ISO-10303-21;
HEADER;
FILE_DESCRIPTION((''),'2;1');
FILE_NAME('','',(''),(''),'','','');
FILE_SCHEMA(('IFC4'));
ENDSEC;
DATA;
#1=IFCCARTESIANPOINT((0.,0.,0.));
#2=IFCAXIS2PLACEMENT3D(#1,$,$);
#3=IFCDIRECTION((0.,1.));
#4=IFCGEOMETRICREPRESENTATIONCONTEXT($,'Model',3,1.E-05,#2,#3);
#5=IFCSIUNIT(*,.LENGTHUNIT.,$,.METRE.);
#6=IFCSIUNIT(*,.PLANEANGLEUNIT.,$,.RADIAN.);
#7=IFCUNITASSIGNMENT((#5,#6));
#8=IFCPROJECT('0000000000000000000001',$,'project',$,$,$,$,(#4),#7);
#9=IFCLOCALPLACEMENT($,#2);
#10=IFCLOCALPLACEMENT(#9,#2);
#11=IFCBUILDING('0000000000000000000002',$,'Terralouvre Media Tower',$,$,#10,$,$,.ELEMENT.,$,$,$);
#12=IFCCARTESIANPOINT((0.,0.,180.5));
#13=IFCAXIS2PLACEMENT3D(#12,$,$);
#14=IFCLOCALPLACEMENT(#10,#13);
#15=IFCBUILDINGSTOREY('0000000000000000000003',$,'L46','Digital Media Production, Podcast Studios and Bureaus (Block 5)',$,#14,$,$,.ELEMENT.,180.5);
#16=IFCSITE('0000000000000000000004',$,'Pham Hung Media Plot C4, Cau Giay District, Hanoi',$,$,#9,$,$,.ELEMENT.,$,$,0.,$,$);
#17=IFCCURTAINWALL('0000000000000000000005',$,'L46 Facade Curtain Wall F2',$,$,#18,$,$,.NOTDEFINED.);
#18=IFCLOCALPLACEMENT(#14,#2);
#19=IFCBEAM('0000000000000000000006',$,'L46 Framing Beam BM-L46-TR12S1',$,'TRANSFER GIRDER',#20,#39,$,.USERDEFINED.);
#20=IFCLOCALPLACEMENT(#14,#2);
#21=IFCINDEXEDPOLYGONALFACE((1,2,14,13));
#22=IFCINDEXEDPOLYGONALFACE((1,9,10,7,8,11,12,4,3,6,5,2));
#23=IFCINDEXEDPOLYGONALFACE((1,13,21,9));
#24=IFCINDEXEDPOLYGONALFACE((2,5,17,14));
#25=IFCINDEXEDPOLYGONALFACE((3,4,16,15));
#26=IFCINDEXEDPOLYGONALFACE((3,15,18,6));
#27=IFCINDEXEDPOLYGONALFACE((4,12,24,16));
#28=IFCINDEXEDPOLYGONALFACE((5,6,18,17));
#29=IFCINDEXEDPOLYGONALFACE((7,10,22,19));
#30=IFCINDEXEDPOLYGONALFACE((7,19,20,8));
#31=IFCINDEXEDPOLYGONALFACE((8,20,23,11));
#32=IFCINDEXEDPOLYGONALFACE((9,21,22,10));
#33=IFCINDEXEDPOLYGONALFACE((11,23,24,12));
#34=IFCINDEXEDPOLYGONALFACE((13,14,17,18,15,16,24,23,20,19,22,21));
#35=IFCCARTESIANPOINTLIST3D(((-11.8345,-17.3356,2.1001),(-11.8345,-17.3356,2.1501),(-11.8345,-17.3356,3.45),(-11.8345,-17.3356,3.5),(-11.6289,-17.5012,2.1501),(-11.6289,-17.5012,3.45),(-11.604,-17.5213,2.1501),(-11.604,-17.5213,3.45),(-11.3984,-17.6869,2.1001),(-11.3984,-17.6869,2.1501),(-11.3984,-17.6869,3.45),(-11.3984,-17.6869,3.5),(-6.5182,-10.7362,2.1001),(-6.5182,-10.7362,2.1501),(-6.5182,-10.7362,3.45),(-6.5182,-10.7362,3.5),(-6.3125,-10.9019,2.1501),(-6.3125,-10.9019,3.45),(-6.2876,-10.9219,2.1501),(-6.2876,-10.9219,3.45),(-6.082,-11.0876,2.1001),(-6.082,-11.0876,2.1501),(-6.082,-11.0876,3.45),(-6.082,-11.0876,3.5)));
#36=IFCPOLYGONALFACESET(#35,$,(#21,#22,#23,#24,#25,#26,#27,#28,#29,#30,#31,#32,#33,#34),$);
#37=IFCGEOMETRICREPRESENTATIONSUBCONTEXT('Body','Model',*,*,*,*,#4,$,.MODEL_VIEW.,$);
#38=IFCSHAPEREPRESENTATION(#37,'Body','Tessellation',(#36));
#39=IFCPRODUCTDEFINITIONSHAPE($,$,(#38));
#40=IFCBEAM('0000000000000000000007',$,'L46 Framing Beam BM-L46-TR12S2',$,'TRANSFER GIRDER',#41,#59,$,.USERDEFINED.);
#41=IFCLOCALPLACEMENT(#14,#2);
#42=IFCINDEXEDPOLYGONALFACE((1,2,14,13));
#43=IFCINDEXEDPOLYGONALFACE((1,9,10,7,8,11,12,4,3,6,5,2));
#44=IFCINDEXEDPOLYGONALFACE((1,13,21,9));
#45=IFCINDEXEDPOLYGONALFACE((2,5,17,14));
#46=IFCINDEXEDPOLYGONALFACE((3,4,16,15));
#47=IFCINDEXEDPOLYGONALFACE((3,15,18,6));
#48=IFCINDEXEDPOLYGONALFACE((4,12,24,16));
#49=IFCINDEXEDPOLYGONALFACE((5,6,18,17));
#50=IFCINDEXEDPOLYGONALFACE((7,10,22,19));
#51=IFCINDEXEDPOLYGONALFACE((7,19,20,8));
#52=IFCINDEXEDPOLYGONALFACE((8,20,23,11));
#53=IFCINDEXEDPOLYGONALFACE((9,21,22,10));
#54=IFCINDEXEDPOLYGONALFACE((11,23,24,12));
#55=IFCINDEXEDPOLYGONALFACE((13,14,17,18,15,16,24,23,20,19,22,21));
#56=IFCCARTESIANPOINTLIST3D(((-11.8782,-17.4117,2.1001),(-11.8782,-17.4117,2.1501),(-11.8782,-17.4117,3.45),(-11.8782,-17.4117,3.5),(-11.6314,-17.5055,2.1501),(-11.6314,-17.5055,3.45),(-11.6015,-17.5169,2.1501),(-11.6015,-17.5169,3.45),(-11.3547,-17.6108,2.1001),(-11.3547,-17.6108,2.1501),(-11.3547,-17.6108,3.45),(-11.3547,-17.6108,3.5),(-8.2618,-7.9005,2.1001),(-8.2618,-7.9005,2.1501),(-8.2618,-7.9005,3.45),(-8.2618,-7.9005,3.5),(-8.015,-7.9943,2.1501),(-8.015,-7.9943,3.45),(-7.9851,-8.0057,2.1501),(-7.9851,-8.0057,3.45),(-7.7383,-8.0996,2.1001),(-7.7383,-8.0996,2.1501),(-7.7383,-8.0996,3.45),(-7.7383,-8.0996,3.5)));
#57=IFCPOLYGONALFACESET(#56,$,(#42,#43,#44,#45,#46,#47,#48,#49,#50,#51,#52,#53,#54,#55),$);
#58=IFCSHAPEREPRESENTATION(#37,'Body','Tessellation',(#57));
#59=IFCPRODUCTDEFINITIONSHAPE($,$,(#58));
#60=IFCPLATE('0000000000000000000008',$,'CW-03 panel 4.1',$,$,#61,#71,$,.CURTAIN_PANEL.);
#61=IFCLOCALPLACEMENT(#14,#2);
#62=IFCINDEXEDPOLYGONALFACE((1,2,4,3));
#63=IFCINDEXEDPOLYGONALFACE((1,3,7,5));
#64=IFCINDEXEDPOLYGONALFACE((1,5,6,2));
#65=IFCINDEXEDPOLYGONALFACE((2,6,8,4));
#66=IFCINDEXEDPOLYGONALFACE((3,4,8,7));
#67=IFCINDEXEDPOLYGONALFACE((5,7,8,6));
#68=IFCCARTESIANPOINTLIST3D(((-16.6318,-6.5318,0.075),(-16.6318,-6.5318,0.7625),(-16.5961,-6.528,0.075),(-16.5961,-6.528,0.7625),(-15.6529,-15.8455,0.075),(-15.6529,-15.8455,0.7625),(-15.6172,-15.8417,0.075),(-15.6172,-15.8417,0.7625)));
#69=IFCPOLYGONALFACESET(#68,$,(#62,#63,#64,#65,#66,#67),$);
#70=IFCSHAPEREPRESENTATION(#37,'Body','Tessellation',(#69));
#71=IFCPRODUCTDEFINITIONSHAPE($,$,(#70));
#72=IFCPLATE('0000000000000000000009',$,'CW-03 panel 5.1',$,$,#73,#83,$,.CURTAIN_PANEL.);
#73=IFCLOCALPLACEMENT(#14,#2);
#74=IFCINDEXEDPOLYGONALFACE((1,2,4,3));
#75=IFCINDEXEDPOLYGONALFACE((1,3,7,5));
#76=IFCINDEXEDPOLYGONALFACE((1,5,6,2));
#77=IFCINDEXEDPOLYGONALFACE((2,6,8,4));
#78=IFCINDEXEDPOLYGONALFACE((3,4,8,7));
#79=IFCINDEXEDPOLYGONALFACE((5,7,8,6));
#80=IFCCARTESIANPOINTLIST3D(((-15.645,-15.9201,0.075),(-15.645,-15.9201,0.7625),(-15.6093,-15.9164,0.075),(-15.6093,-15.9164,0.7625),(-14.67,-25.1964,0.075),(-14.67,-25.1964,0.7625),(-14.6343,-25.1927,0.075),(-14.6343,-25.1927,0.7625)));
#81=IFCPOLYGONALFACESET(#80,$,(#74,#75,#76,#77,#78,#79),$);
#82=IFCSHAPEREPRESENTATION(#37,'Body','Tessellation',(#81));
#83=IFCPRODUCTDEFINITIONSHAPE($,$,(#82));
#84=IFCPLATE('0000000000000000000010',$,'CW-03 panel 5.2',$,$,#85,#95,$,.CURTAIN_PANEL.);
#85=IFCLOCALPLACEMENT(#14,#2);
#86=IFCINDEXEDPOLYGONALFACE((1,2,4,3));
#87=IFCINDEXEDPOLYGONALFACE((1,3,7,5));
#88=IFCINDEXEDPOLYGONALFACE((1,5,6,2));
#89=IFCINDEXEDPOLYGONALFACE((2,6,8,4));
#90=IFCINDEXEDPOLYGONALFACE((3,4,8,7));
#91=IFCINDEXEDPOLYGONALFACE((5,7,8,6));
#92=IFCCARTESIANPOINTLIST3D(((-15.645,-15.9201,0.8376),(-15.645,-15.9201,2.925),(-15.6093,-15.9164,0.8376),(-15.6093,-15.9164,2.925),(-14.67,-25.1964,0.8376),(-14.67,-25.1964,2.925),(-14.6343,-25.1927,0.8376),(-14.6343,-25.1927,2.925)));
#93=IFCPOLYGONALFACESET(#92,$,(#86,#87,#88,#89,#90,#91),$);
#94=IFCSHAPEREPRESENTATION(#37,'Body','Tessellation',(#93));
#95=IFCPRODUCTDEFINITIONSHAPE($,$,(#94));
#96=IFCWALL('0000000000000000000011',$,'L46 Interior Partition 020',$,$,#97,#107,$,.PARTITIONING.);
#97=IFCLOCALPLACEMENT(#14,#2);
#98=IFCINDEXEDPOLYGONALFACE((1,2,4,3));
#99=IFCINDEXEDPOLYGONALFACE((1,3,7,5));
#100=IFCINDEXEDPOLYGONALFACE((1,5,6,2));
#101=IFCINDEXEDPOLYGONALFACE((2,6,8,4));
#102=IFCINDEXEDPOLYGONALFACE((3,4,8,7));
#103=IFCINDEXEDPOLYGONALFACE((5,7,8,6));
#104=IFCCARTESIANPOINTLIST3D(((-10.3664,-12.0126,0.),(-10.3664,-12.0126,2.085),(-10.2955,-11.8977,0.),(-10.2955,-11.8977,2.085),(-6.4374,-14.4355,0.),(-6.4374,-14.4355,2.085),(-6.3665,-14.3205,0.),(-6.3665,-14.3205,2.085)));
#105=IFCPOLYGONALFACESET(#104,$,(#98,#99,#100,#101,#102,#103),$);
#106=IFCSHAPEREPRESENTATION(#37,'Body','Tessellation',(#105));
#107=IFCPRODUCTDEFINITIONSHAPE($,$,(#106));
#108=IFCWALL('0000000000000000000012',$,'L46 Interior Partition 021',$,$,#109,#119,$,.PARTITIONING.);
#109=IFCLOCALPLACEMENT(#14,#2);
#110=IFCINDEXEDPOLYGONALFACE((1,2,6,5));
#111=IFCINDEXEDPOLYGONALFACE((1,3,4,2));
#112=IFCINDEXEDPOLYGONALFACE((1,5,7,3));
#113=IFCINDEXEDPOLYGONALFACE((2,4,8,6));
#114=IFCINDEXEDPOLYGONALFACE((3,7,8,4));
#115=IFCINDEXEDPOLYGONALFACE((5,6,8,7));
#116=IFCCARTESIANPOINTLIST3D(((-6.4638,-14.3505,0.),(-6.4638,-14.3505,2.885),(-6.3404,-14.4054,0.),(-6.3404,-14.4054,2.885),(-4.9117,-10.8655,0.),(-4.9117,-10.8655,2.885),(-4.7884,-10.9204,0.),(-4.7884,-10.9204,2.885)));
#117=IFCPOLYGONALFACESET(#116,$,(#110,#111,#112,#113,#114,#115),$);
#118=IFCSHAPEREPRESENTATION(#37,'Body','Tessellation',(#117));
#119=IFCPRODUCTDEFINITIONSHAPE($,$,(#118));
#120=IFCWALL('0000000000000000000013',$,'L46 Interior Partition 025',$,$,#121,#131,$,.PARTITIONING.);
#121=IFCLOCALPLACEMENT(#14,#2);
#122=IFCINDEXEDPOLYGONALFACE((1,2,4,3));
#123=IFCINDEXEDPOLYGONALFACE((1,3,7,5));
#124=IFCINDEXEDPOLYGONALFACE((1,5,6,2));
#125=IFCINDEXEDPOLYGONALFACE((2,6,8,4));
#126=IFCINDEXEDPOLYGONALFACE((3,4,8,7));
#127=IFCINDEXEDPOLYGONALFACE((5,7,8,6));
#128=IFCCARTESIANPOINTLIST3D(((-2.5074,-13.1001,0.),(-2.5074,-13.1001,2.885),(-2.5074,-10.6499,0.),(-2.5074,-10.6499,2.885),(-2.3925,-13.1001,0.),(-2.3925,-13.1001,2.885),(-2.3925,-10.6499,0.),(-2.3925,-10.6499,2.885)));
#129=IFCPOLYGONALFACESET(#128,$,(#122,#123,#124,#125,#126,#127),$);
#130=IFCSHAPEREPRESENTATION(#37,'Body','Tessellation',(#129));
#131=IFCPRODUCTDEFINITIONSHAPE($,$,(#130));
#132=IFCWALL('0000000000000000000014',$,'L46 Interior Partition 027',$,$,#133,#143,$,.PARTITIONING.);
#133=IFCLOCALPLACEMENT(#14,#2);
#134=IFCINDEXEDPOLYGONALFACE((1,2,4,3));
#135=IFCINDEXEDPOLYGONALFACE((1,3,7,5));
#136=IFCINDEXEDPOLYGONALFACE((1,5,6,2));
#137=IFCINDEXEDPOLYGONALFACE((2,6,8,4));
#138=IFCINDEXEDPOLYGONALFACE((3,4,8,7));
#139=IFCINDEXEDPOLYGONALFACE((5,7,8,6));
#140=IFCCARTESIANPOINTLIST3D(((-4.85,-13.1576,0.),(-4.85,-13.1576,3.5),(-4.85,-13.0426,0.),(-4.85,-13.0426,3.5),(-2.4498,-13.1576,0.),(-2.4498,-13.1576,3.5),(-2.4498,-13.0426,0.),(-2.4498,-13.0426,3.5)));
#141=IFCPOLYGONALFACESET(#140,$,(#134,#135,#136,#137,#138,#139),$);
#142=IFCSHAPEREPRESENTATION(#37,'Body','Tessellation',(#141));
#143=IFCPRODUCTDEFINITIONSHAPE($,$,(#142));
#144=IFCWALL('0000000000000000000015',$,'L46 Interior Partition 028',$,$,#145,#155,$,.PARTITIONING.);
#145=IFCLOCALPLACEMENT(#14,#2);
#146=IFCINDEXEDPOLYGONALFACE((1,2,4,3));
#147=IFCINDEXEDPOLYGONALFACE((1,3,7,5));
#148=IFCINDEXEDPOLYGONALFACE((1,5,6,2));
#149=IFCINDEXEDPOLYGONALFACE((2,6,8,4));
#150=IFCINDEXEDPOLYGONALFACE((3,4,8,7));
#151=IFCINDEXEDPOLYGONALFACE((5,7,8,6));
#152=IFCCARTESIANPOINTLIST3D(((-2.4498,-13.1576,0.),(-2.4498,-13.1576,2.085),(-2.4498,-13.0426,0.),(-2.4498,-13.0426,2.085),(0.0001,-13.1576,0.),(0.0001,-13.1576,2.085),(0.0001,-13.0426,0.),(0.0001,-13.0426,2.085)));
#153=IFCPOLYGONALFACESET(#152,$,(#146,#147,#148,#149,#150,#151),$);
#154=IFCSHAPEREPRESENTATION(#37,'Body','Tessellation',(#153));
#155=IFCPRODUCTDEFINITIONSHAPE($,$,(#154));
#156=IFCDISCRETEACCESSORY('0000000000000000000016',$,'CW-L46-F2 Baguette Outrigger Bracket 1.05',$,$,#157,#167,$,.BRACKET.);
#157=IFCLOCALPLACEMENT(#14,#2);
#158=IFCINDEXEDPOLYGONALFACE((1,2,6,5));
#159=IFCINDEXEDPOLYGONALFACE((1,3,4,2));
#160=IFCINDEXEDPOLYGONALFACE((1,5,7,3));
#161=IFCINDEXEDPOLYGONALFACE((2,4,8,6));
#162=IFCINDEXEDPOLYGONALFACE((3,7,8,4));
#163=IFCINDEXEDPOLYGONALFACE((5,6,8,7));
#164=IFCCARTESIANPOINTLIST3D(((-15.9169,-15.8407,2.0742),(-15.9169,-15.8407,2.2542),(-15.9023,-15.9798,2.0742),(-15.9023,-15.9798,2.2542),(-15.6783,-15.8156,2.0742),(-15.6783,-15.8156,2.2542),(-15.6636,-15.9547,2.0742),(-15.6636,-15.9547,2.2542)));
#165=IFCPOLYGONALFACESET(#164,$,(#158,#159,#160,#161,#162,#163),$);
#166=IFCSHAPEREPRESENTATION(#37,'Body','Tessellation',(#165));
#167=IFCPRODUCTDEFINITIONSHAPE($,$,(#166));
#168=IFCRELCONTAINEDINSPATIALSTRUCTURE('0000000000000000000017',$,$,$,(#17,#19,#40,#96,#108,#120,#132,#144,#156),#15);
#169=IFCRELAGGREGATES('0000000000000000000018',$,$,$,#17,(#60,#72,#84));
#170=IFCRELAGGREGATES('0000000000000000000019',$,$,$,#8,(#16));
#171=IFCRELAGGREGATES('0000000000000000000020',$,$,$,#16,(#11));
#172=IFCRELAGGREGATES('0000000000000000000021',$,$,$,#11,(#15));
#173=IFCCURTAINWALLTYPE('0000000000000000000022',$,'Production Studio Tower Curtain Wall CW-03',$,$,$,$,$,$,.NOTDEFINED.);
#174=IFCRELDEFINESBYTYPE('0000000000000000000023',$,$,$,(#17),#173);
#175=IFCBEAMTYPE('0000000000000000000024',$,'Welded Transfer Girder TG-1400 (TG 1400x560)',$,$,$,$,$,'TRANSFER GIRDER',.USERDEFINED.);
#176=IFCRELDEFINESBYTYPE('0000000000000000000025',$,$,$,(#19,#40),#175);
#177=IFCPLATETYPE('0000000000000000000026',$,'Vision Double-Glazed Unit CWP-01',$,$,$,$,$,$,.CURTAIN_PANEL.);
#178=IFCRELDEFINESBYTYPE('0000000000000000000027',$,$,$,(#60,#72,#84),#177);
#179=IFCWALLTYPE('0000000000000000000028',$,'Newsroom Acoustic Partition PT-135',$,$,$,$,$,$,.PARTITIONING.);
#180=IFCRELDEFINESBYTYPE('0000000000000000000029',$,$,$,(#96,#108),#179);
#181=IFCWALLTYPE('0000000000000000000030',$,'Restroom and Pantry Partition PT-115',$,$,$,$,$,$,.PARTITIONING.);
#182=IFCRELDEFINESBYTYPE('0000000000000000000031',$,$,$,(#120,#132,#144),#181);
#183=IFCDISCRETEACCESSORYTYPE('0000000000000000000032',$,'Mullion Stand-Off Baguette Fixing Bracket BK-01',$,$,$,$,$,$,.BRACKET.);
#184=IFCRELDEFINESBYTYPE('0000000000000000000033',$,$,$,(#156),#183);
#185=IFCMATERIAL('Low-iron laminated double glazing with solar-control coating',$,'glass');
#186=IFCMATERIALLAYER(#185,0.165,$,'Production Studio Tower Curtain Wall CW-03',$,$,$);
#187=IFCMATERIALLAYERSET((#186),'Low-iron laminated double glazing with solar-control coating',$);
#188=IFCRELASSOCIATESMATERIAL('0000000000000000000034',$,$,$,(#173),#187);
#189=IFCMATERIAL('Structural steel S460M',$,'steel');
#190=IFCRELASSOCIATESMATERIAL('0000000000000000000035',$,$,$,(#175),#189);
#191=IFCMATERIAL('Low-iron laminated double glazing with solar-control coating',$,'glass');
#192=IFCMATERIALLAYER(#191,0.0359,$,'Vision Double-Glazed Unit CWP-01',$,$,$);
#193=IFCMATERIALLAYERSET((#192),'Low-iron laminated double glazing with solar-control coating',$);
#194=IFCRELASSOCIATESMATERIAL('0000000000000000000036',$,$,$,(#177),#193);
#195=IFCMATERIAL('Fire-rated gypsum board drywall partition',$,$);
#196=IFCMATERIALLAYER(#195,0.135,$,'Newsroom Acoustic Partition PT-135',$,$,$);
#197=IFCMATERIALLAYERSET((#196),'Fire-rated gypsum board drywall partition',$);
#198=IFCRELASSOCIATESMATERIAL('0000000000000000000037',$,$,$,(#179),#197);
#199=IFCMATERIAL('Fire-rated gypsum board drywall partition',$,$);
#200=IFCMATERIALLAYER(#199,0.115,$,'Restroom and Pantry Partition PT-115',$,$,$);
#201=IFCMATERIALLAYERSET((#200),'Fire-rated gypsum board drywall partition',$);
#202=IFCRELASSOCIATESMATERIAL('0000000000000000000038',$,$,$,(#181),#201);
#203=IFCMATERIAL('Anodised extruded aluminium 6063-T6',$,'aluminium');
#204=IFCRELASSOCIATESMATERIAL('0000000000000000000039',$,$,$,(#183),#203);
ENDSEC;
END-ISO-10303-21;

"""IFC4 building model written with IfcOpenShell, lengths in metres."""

from ifc_helpers import new_model, si_unit, direction, frame, frame_2d, origin, origin_2d, place, context, subcontext, project, spatial, rectangle, i_section, extrude, material, layer, layer_set, material_profile, profile_set, type_object, element, aggregate, save


model = new_model("IFC4")

# Units and contexts
model_context = context("Model", 3, precision=1e-05, world=origin(), true_north=direction((0.0, 1.0)))
body_context = subcontext(model_context, "Body", "Model", "MODEL_VIEW")
ifc_project = project(units=[si_unit("LENGTHUNIT", "METRE"), si_unit("PLANEANGLEUNIT", "RADIAN")], contexts=[model_context])

# Site, building, storey
site_placement = place(None, origin())
site = spatial("IfcSite", under=ifc_project, at=site_placement, Name="Pham Hung Media Plot C4, Cau Giay District, Hanoi", CompositionType="ELEMENT", RefElevation=0.0)
building_placement = place(site_placement, origin())
building = spatial("IfcBuilding", under=site, at=building_placement, Name="Terralouvre Media Tower", CompositionType="ELEMENT")
storey_placement = place(building_placement, frame((0.0, 0.0, 180.5)))
storey = spatial("IfcBuildingStorey", under=building, at=storey_placement, Name="L46", Description="Digital Media Production, Podcast Studios and Bureaus (Block 5)", CompositionType="ELEMENT", Elevation=180.5)

# Curtain wall
ifc_material_1 = material(Name="Low-iron laminated double glazing with solar-control coating", Category="glass")
ifc_layer_1 = layer(ifc_material_1, 0.165, Name="Production Studio Tower Curtain Wall CW-03")
ifc_layer_set_1 = layer_set([ifc_layer_1], Name="Low-iron laminated double glazing with solar-control coating")
curtain_wall_type = type_object("IfcCurtainWallType", Name="Production Studio Tower Curtain Wall CW-03", PredefinedType="NOTDEFINED", material=ifc_layer_set_1)
curtain_wall_1_placement = place(storey_placement, origin())
curtain_wall_1 = element("IfcCurtainWall", 1, at=curtain_wall_1_placement, inside=storey, type_object=curtain_wall_type, Name="L46 Facade Curtain Wall F2", PredefinedType="NOTDEFINED")

# Beams
ifc_material_2 = material(Name="Structural steel S460M", Category="steel")
ifc_material_profile_1 = material_profile(ifc_material_2, i_section(OverallWidth=0.5601, OverallDepth=1.3999, WebThickness=0.032, FlangeThickness=0.05, at=origin_2d()), Name="TG 1400x560")
ifc_profile_set_1 = profile_set([ifc_material_profile_1], Name="Structural steel S460M")
beam_type_1 = type_object("IfcBeamType", Name="Welded Transfer Girder TG-1400 (TG 1400x560)", ElementType="TRANSFER GIRDER", PredefinedType="USERDEFINED", material=ifc_profile_set_1)
beam_1_placement = place(storey_placement, frame((-11.6165, -17.5112, 2.8), z_axis=(0.627347, 0.778739, 0.0), x_axis=(-0.778739, 0.627347, 0.0)))
element("IfcBeam", 2, at=beam_1_placement, inside=storey, type_object=beam_type_1, Name="L46 Framing Beam BM-L46-TR12S1", ObjectType="TRANSFER GIRDER", PredefinedType="USERDEFINED", context=body_context, shape_type="SweptSolid", body=[
    extrude(i_section(OverallWidth=0.5601, OverallDepth=1.3999, WebThickness=0.032, FlangeThickness=0.05, at=origin_2d()), origin(), (0.0, 0.0, 1.0), 8.4744),
])
beam_2_placement = place(storey_placement, frame((-11.6165, -17.5112, 2.8), z_axis=(0.355406, 0.934712, 0.0), x_axis=(-0.934712, 0.355406, 0.0)))
element("IfcBeam", 3, at=beam_2_placement, inside=storey, type_object=beam_type_1, Name="L46 Framing Beam BM-L46-TR12S2", ObjectType="TRANSFER GIRDER", PredefinedType="USERDEFINED", context=body_context, shape_type="SweptSolid", body=[
    extrude(i_section(OverallWidth=0.5601, OverallDepth=1.3999, WebThickness=0.032, FlangeThickness=0.05, at=origin_2d()), origin(), (0.0, 0.0, 1.0), 10.1755),
])

# Plates
ifc_material_3 = material(Name="Low-iron laminated double glazing with solar-control coating", Category="glass")
ifc_layer_2 = layer(ifc_material_3, 0.0359, Name="Vision Double-Glazed Unit CWP-01")
ifc_layer_set_2 = layer_set([ifc_layer_2], Name="Low-iron laminated double glazing with solar-control coating")
plate_type = type_object("IfcPlateType", Name="Vision Double-Glazed Unit CWP-01", PredefinedType="CURTAIN_PANEL", material=ifc_layer_set_2)
plate_1_placement = place(storey_placement, frame((-16.1245, -11.1868, 0.075), z_axis=(0.0, 0.0, 1.0), x_axis=(0.104528, -0.994522, 0.0)))
plate_1 = element("IfcPlate", 4, at=plate_1_placement, type_object=plate_type, Name="CW-03 panel 4.1", PredefinedType="CURTAIN_PANEL", context=body_context, shape_type="SweptSolid", body=[
    extrude(rectangle(XDim=9.365, YDim=0.0359, at=origin_2d()), origin(), (0.0, 0.0, 1.0), 0.6875),
])
plate_2_placement = place(storey_placement, frame((-15.1396, -20.5564, 0.075), z_axis=(0.0, 0.0, 1.0), x_axis=(0.104528, -0.994522, 0.0)))
plate_2 = element("IfcPlate", 5, at=plate_2_placement, type_object=plate_type, Name="CW-03 panel 5.1", PredefinedType="CURTAIN_PANEL", context=body_context, shape_type="SweptSolid", body=[
    extrude(rectangle(XDim=9.3274, YDim=0.0359, at=origin_2d()), origin(), (0.0, 0.0, 1.0), 0.6875),
])
plate_3_placement = place(storey_placement, frame((-15.1396, -20.5564, 0.8376), z_axis=(0.0, 0.0, 1.0), x_axis=(0.104528, -0.994522, 0.0)))
plate_3 = element("IfcPlate", 6, at=plate_3_placement, type_object=plate_type, Name="CW-03 panel 5.2", PredefinedType="CURTAIN_PANEL", context=body_context, shape_type="SweptSolid", body=[
    extrude(rectangle(XDim=9.3274, YDim=0.0359, at=origin_2d()), origin(), (0.0, 0.0, 1.0), 2.0874),
])
aggregate(curtain_wall_1, [plate_1, plate_2, plate_3])

# Walls
ifc_material_4 = material(Name="Fire-rated gypsum board drywall partition")
ifc_layer_3 = layer(ifc_material_4, 0.135, Name="Newsroom Acoustic Partition PT-135")
ifc_layer_set_3 = layer_set([ifc_layer_3], Name="Fire-rated gypsum board drywall partition")
wall_type_1 = type_object("IfcWallType", Name="Newsroom Acoustic Partition PT-135", PredefinedType="PARTITIONING", material=ifc_layer_set_3)
wall_1_placement = place(storey_placement, frame((-10.3311, -11.9551, 0.0), z_axis=(0.0, 0.0, 1.0), x_axis=(0.851171, -0.524888, 0.0)))
element("IfcWall", 7, at=wall_1_placement, inside=storey, type_object=wall_type_1, Name="L46 Interior Partition 020", PredefinedType="PARTITIONING", context=body_context, shape_type="SweptSolid", body=[
    extrude(rectangle(XDim=4.616, YDim=0.135, at=frame_2d((2.3081, 0.0))), origin(), (0.0, 0.0, 1.0), 2.085),
])
wall_2_placement = place(storey_placement, frame((-6.4021, -14.3779, 0.0), z_axis=(0.0, 0.0, 1.0), x_axis=(0.406833, 0.913503, 0.0)))
element("IfcWall", 8, at=wall_2_placement, inside=storey, type_object=wall_type_1, Name="L46 Interior Partition 021", PredefinedType="PARTITIONING", context=body_context, shape_type="SweptSolid", body=[
    extrude(rectangle(XDim=3.8149, YDim=0.135, at=frame_2d((1.9075, 0.0))), origin(), (0.0, 0.0, 1.0), 2.885),
])
ifc_material_5 = material(Name="Fire-rated gypsum board drywall partition")
ifc_layer_4 = layer(ifc_material_5, 0.115, Name="Restroom and Pantry Partition PT-115")
ifc_layer_set_4 = layer_set([ifc_layer_4], Name="Fire-rated gypsum board drywall partition")
wall_type_2 = type_object("IfcWallType", Name="Restroom and Pantry Partition PT-115", PredefinedType="PARTITIONING", material=ifc_layer_set_4)
wall_3_placement = place(storey_placement, frame((-2.45, -13.1001, 0.0), z_axis=(0.0, 0.0, 1.0), x_axis=(0.0, 1.0, 0.0)))
element("IfcWall", 9, at=wall_3_placement, inside=storey, type_object=wall_type_2, Name="L46 Interior Partition 025", PredefinedType="PARTITIONING", context=body_context, shape_type="SweptSolid", body=[
    extrude(rectangle(XDim=2.4502, YDim=0.115, at=frame_2d((1.2251, 0.0))), origin(), (0.0, 0.0, 1.0), 2.885),
])
wall_4_placement = place(storey_placement, frame((-4.8501, -13.1001, 0.0), z_axis=(0.0, 0.0, 1.0), x_axis=(1.0, 0.0, 0.0)))
element("IfcWall", 10, at=wall_4_placement, inside=storey, type_object=wall_type_2, Name="L46 Interior Partition 027", PredefinedType="PARTITIONING", context=body_context, shape_type="SweptSolid", body=[
    extrude(rectangle(XDim=2.4001, YDim=0.115, at=frame_2d((1.2002, 0.0))), origin(), (0.0, 0.0, 1.0), 3.5),
])
wall_5_placement = place(storey_placement, frame((-2.45, -13.1001, 0.0), z_axis=(0.0, 0.0, 1.0), x_axis=(1.0, 0.0, 0.0)))
element("IfcWall", 11, at=wall_5_placement, inside=storey, type_object=wall_type_2, Name="L46 Interior Partition 028", PredefinedType="PARTITIONING", context=body_context, shape_type="SweptSolid", body=[
    extrude(rectangle(XDim=2.45, YDim=0.115, at=frame_2d((1.2251, 0.0))), origin(), (0.0, 0.0, 1.0), 2.085),
])

# Discrete accessory
ifc_material_6 = material(Name="Anodised extruded aluminium 6063-T6", Category="aluminium")
discrete_accessory_type = type_object("IfcDiscreteAccessoryType", Name="Mullion Stand-Off Baguette Fixing Bracket BK-01", PredefinedType="BRACKET", material=ifc_material_6)
discrete_accessory_placement = place(storey_placement, frame((-15.7903, -15.8977, 2.0742), z_axis=(0.0, 0.0, 1.0), x_axis=(0.104528, -0.994522, 0.0)))
element("IfcDiscreteAccessory", 12, at=discrete_accessory_placement, inside=storey, type_object=discrete_accessory_type, Name="CW-L46-F2 Baguette Outrigger Bracket 1.05", PredefinedType="BRACKET", context=body_context, shape_type="SweptSolid", body=[
    extrude(rectangle(XDim=0.1399, YDim=0.24, at=origin_2d()), origin(), (0.0, 0.0, 1.0), 0.1799),
])

save(model, "model.ifc")
